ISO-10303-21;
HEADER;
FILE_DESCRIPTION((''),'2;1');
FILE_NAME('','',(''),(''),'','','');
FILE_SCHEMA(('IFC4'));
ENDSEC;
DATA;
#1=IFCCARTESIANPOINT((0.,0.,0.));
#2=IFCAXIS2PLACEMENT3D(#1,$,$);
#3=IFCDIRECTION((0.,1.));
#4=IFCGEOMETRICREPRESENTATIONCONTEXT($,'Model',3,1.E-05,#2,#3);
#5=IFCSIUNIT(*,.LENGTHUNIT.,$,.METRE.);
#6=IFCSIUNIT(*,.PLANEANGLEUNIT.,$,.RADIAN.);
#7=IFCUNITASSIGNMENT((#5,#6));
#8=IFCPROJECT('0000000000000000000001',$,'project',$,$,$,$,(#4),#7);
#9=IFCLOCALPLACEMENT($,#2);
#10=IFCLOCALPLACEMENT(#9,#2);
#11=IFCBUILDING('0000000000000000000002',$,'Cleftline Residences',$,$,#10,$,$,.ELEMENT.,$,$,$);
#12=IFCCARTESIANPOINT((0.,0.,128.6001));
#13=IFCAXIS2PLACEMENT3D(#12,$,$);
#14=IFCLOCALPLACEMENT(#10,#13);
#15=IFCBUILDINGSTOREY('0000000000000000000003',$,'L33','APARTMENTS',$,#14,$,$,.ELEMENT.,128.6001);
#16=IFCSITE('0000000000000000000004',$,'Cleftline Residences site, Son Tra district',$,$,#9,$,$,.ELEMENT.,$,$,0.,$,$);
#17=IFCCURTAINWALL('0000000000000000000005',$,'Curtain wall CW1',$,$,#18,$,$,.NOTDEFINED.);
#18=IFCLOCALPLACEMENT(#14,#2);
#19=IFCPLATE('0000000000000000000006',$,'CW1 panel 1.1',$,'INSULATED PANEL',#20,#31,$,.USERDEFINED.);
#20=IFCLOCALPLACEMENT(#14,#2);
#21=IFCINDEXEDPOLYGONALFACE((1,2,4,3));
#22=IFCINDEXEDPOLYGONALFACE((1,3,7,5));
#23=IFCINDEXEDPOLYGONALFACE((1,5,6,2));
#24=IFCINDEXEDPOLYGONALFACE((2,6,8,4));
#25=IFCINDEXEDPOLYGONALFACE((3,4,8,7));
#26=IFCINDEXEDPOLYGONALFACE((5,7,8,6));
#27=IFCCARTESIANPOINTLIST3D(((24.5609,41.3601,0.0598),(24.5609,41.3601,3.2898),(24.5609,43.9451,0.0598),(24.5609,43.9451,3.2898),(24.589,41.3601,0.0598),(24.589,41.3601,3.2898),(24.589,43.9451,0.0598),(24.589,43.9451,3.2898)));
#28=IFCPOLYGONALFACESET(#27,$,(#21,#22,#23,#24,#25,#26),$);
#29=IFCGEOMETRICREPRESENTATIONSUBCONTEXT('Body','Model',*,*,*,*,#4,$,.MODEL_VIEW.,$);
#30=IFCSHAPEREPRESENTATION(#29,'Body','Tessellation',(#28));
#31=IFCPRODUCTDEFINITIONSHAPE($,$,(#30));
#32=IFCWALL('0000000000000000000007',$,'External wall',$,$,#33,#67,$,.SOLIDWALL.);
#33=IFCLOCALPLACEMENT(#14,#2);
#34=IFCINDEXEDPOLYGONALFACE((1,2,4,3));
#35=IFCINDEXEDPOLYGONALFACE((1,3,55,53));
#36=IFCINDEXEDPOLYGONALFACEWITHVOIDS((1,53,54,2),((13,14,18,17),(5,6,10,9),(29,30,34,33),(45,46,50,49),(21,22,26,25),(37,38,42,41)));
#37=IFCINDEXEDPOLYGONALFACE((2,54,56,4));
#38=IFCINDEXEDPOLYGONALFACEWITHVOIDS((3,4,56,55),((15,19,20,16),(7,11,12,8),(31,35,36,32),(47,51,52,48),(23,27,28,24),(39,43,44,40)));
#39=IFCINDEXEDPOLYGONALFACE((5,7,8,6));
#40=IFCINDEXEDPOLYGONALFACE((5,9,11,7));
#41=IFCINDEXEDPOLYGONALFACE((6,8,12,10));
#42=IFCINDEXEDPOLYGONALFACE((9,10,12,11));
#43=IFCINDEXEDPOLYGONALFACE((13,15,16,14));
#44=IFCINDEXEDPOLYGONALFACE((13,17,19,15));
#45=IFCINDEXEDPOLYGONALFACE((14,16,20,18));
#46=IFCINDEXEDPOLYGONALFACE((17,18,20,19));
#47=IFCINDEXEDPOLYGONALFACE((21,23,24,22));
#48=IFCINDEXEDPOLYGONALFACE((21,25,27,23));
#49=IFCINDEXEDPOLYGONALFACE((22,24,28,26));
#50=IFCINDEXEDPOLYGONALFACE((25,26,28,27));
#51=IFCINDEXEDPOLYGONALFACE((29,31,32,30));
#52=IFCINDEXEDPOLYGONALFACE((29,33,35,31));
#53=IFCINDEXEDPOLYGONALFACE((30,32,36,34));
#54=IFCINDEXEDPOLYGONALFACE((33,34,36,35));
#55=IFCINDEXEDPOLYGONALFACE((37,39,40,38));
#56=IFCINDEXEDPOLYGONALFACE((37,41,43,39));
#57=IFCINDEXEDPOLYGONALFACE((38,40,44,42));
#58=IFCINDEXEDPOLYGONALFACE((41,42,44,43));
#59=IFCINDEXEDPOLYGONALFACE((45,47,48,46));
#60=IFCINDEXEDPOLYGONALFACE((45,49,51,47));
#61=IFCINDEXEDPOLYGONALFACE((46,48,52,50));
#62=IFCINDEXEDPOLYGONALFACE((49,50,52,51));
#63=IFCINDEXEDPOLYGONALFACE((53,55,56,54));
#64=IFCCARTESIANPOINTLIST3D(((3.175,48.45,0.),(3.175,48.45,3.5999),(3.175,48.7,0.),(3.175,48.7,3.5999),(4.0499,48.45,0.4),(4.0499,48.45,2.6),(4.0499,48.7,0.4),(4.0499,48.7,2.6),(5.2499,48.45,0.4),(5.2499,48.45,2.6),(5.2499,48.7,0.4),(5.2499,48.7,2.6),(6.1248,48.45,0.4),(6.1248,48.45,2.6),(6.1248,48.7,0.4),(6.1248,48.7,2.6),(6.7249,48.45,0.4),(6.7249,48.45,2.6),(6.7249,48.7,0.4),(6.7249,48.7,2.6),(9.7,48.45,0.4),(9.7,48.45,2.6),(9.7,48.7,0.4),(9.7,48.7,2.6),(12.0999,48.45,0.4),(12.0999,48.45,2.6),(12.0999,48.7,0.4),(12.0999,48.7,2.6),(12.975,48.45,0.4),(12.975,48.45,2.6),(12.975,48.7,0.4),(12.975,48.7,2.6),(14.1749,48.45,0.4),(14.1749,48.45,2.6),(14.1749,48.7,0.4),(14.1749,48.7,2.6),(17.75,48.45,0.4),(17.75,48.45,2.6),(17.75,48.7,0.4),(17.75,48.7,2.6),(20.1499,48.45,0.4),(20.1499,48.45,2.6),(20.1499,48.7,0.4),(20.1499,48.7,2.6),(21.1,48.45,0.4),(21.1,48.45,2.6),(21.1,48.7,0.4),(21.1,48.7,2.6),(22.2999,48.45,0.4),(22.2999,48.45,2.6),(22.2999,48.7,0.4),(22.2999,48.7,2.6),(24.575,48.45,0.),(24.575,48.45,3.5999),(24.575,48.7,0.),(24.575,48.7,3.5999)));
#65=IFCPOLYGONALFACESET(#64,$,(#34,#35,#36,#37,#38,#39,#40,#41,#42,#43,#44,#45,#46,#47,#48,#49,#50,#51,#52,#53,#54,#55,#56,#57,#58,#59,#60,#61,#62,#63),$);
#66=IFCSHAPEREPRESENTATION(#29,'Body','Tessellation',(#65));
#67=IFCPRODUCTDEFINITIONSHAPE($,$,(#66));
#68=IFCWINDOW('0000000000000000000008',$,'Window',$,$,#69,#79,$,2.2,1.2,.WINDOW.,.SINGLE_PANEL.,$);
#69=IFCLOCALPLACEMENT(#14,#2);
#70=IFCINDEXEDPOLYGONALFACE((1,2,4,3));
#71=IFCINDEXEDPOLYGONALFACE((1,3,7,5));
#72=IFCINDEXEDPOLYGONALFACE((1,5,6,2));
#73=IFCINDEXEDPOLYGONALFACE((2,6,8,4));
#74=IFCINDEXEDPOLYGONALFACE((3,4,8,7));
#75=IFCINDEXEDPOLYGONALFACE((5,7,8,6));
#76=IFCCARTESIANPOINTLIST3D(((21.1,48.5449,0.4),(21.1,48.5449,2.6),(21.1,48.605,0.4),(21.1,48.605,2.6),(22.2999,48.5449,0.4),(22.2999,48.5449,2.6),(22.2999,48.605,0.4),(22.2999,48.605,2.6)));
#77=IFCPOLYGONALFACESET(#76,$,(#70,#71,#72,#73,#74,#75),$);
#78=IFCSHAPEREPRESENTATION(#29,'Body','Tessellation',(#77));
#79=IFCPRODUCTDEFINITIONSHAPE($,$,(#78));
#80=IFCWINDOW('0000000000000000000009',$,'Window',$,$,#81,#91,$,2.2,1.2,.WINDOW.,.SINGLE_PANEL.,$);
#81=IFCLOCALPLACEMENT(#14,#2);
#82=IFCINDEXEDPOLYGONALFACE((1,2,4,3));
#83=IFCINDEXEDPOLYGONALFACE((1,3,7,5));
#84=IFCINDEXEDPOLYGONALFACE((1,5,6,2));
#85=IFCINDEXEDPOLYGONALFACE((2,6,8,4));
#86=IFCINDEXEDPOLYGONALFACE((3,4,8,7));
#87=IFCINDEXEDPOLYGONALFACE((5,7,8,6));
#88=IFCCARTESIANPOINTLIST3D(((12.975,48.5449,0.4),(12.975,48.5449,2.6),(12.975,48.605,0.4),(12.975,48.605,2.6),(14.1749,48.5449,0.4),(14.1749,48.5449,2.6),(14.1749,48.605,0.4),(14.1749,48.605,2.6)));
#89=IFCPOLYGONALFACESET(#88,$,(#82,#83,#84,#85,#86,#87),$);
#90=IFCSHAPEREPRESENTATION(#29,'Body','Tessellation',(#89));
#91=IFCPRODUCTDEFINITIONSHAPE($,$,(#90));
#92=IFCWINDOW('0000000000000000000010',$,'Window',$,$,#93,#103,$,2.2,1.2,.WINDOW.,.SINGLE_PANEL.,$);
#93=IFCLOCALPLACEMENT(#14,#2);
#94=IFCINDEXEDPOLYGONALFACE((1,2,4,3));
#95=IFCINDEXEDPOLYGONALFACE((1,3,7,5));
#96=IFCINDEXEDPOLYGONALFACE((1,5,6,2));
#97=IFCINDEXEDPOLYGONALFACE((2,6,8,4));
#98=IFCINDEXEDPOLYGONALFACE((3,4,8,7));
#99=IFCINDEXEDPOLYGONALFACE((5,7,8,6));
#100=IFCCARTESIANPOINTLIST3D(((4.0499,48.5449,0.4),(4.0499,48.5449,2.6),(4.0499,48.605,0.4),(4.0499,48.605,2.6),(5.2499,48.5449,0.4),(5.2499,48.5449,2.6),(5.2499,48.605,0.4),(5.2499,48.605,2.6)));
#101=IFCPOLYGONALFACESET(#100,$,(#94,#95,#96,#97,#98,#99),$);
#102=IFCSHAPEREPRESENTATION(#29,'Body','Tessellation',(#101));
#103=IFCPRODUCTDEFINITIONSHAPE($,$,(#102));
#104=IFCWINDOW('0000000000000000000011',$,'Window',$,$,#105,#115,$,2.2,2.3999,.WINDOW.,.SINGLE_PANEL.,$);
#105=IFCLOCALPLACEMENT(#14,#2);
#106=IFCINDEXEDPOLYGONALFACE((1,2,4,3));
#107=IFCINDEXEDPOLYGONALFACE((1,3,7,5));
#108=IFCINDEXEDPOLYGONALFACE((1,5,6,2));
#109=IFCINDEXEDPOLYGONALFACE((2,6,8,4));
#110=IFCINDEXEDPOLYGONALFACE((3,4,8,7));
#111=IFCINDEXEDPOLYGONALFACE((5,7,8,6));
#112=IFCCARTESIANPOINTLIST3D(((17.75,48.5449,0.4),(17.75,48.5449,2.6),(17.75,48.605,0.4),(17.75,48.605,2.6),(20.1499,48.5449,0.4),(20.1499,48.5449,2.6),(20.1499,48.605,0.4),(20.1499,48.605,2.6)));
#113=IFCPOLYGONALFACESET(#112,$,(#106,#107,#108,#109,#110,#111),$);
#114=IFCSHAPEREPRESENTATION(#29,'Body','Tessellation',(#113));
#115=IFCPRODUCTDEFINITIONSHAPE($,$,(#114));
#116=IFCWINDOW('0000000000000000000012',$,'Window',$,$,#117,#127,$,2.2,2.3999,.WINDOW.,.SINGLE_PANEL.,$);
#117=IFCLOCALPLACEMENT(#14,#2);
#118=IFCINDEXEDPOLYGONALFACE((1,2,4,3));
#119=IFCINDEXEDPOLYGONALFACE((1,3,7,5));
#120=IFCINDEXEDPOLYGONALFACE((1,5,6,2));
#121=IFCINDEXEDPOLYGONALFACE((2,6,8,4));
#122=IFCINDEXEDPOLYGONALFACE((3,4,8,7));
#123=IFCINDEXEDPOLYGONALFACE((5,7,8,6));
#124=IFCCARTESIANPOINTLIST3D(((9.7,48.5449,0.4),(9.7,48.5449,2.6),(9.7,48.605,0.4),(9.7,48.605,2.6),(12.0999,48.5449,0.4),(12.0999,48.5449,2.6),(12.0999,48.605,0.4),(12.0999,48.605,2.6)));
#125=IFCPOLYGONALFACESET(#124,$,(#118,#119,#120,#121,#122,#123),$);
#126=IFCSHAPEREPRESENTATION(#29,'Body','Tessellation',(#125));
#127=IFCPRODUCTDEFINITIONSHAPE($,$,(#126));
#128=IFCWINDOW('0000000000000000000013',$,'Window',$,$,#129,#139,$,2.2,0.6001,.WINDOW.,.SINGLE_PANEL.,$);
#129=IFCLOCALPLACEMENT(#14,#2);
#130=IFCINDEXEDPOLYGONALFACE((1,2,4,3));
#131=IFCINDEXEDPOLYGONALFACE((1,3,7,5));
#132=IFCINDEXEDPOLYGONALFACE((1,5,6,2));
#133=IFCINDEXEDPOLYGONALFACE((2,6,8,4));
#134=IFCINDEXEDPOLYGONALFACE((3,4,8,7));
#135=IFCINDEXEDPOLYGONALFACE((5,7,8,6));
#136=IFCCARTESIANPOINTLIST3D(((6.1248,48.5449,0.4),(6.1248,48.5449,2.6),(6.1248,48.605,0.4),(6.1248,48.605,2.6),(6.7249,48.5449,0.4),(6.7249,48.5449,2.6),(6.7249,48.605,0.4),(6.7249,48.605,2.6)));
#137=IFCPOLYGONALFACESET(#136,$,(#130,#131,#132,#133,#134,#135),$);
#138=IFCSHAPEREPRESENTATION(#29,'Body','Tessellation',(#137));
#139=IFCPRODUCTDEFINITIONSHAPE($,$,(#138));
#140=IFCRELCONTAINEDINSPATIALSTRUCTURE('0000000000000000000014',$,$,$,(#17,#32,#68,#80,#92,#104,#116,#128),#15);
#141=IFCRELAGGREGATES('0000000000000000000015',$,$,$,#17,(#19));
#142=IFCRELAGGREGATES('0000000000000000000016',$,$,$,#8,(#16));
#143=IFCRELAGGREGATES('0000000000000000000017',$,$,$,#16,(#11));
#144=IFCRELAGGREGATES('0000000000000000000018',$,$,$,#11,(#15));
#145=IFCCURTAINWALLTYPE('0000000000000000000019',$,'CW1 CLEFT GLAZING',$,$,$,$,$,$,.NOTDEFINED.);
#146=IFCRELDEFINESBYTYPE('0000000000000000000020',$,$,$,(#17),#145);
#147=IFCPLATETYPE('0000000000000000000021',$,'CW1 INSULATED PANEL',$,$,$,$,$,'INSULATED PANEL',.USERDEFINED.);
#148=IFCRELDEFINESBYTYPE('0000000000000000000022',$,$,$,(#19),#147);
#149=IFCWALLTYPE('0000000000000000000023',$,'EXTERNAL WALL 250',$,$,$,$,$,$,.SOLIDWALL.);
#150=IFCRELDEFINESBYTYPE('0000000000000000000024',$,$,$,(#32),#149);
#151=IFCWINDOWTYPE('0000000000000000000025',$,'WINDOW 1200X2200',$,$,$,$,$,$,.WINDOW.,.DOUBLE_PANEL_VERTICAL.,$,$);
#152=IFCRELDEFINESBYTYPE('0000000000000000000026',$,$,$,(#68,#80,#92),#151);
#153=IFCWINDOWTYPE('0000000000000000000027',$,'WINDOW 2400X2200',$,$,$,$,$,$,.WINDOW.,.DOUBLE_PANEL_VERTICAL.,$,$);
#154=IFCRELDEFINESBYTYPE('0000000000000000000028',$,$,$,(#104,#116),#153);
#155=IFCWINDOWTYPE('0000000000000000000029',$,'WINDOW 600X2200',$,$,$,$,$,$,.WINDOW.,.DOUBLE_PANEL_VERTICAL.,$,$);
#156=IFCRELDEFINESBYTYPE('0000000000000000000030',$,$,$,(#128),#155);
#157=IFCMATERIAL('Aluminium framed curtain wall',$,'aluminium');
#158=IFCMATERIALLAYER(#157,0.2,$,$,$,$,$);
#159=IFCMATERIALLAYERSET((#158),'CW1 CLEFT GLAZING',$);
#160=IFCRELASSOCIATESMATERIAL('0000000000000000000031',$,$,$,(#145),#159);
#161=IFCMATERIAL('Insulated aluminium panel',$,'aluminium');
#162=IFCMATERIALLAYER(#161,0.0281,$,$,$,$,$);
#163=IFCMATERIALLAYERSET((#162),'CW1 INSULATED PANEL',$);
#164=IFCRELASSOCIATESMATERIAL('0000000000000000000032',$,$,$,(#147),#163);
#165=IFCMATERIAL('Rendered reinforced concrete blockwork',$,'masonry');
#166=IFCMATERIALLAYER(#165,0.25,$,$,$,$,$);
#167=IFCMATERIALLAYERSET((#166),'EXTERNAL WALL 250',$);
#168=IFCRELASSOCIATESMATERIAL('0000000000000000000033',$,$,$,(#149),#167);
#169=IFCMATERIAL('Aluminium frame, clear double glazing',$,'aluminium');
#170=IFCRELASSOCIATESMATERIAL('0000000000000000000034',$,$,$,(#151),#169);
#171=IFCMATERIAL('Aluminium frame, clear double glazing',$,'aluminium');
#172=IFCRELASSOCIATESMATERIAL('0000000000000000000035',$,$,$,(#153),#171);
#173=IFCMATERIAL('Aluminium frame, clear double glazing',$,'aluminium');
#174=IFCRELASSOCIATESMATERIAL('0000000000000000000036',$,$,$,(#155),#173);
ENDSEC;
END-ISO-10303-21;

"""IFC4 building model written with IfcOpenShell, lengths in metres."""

from ifc_helpers import new_model, si_unit, direction, frame, frame_2d, origin, origin_2d, place, context, subcontext, project, spatial, rectangle, extrude, material, layer, layer_set, type_object, element, fill, aggregate, save


model = new_model("IFC4")

# Units and contexts
model_context = context("Model", 3, precision=1e-05, world=origin(), true_north=direction((0.0, 1.0)))
body_context = subcontext(model_context, "Body", "Model", "MODEL_VIEW")
ifc_project = project(units=[si_unit("LENGTHUNIT", "METRE"), si_unit("PLANEANGLEUNIT", "RADIAN")], contexts=[model_context])

# Site, building, storey
site_placement = place(None, origin())
site = spatial("IfcSite", under=ifc_project, at=site_placement, Name="Cleftline Residences site, Son Tra district", CompositionType="ELEMENT", RefElevation=0.0)
building_placement = place(site_placement, origin())
building = spatial("IfcBuilding", under=site, at=building_placement, Name="Cleftline Residences", CompositionType="ELEMENT")
storey_placement = place(building_placement, frame((0.0, 0.0, 128.6001)))
storey = spatial("IfcBuildingStorey", under=building, at=storey_placement, Name="L33", Description="APARTMENTS", CompositionType="ELEMENT", Elevation=128.6001)

# Curtain wall, plate
ifc_material_1 = material(Name="Aluminium framed curtain wall", Category="aluminium")
ifc_layer_1 = layer(ifc_material_1, 0.2)
ifc_layer_set_1 = layer_set([ifc_layer_1], Name="CW1 CLEFT GLAZING")
curtain_wall_type = type_object("IfcCurtainWallType", Name="CW1 CLEFT GLAZING", PredefinedType="NOTDEFINED", material=ifc_layer_set_1)
curtain_wall_placement = place(storey_placement, origin())
curtain_wall = element("IfcCurtainWall", 1, at=curtain_wall_placement, inside=storey, type_object=curtain_wall_type, Name="Curtain wall CW1", PredefinedType="NOTDEFINED")
ifc_material_2 = material(Name="Insulated aluminium panel", Category="aluminium")
ifc_layer_2 = layer(ifc_material_2, 0.0281)
ifc_layer_set_2 = layer_set([ifc_layer_2], Name="CW1 INSULATED PANEL")
plate_type_1 = type_object("IfcPlateType", Name="CW1 INSULATED PANEL", ElementType="INSULATED PANEL", PredefinedType="USERDEFINED", material=ifc_layer_set_2)
plate_1_placement = place(storey_placement, frame((24.575, 42.6526, 0.0598), z_axis=(0.0, 0.0, 1.0), x_axis=(0.0, 1.0, 0.0)))
plate_1 = element("IfcPlate", 2, at=plate_1_placement, type_object=plate_type_1, Name="CW1 panel 1.1", ObjectType="INSULATED PANEL", PredefinedType="USERDEFINED", context=body_context, shape_type="SweptSolid", body=[
    extrude(rectangle(XDim=2.585, YDim=0.0281, at=origin_2d()), origin(), (0.0, 0.0, 1.0), 3.23),
])
aggregate(curtain_wall, [plate_1])

# Wall, openings, windows
ifc_material_3 = material(Name="Rendered reinforced concrete blockwork", Category="masonry")
ifc_layer_3 = layer(ifc_material_3, 0.25)
ifc_layer_set_3 = layer_set([ifc_layer_3], Name="EXTERNAL WALL 250")
wall_type = type_object("IfcWallType", Name="EXTERNAL WALL 250", PredefinedType="SOLIDWALL", material=ifc_layer_set_3)
wall_placement = place(storey_placement, frame((24.575, 48.575, 0.0), z_axis=(0.0, 0.0, 1.0), x_axis=(-1.0, 0.0, 0.0)))
wall = element("IfcWall", 3, at=wall_placement, inside=storey, type_object=wall_type, Name="External wall", PredefinedType="SOLIDWALL", context=body_context, shape_type="SweptSolid", body=[
    extrude(rectangle(XDim=21.3999, YDim=0.25, at=frame_2d((10.7, 0.0))), origin(), (0.0, 0.0, 1.0), 3.5999),
])
opening_1_placement = place(wall_placement, frame((2.2749, 0.0, 0.3999)))
opening_1 = element("IfcOpeningElement", 4, at=opening_1_placement, cuts=wall, PredefinedType="OPENING", context=body_context, shape_type="SweptSolid", body=[
    extrude(rectangle(XDim=1.2, YDim=2.2, at=frame_2d((0.6001, 1.1001))), frame((0.0, 0.135, 0.0), z_axis=(0.0, -1.0, 0.0), x_axis=(1.0, 0.0, 0.0)), (0.0, 0.0, 1.0), 0.27),
])
opening_2_placement = place(wall_placement, frame((4.425, 0.0, 0.3999)))
opening_2 = element("IfcOpeningElement", 5, at=opening_2_placement, cuts=wall, PredefinedType="OPENING", context=body_context, shape_type="SweptSolid", body=[
    extrude(rectangle(XDim=2.3999, YDim=2.2, at=frame_2d((1.2, 1.1001))), frame((0.0, 0.135, 0.0), z_axis=(0.0, -1.0, 0.0), x_axis=(1.0, 0.0, 0.0)), (0.0, 0.0, 1.0), 0.27),
])
opening_3_placement = place(wall_placement, frame((10.3999, 0.0, 0.3999)))
opening_3 = element("IfcOpeningElement", 6, at=opening_3_placement, cuts=wall, PredefinedType="OPENING", context=body_context, shape_type="SweptSolid", body=[
    extrude(rectangle(XDim=1.2, YDim=2.2, at=frame_2d((0.6001, 1.1001))), frame((0.0, 0.135, 0.0), z_axis=(0.0, -1.0, 0.0), x_axis=(1.0, 0.0, 0.0)), (0.0, 0.0, 1.0), 0.27),
])
opening_4_placement = place(wall_placement, frame((12.4751, 0.0, 0.3999)))
opening_4 = element("IfcOpeningElement", 7, at=opening_4_placement, cuts=wall, PredefinedType="OPENING", context=body_context, shape_type="SweptSolid", body=[
    extrude(rectangle(XDim=2.3999, YDim=2.2, at=frame_2d((1.2, 1.1001))), frame((0.0, 0.135, 0.0), z_axis=(0.0, -1.0, 0.0), x_axis=(1.0, 0.0, 0.0)), (0.0, 0.0, 1.0), 0.27),
])
opening_5_placement = place(wall_placement, frame((17.8501, 0.0, 0.3999)))
opening_5 = element("IfcOpeningElement", 8, at=opening_5_placement, cuts=wall, PredefinedType="OPENING", context=body_context, shape_type="SweptSolid", body=[
    extrude(rectangle(XDim=0.6001, YDim=2.2, at=frame_2d((0.3, 1.1001))), frame((0.0, 0.135, 0.0), z_axis=(0.0, -1.0, 0.0), x_axis=(1.0, 0.0, 0.0)), (0.0, 0.0, 1.0), 0.27),
])
opening_6_placement = place(wall_placement, frame((19.325, 0.0, 0.3999)))
opening_6 = element("IfcOpeningElement", 9, at=opening_6_placement, cuts=wall, PredefinedType="OPENING", context=body_context, shape_type="SweptSolid", body=[
    extrude(rectangle(XDim=1.2, YDim=2.2, at=frame_2d((0.6001, 1.1001))), frame((0.0, 0.135, 0.0), z_axis=(0.0, -1.0, 0.0), x_axis=(1.0, 0.0, 0.0)), (0.0, 0.0, 1.0), 0.27),
])
ifc_material_4 = material(Name="Aluminium frame, clear double glazing", Category="aluminium")
window_type_1 = type_object("IfcWindowType", Name="WINDOW 1200X2200", PartitioningType="DOUBLE_PANEL_VERTICAL", PredefinedType="WINDOW", material=ifc_material_4)
window_1_placement = place(opening_1_placement, origin())
window_1 = element("IfcWindow", 10, at=window_1_placement, inside=storey, type_object=window_type_1, Name="Window", OverallHeight=2.2, OverallWidth=1.2, PartitioningType="SINGLE_PANEL", PredefinedType="WINDOW", context=body_context, shape_type="SweptSolid", body=[
    extrude(rectangle(XDim=1.2, YDim=2.2, at=frame_2d((0.6001, 1.1001))), frame((0.0, 0.03, 0.0), z_axis=(0.0, -1.0, 0.0), x_axis=(1.0, 0.0, 0.0)), (0.0, 0.0, 1.0), 0.0601),
])
fill(opening_1, window_1)
window_2_placement = place(opening_3_placement, origin())
window_2 = element("IfcWindow", 11, at=window_2_placement, inside=storey, type_object=window_type_1, Name="Window", OverallHeight=2.2, OverallWidth=1.2, PartitioningType="SINGLE_PANEL", PredefinedType="WINDOW", context=body_context, shape_type="SweptSolid", body=[
    extrude(rectangle(XDim=1.2, YDim=2.2, at=frame_2d((0.6001, 1.1001))), frame((0.0, 0.03, 0.0), z_axis=(0.0, -1.0, 0.0), x_axis=(1.0, 0.0, 0.0)), (0.0, 0.0, 1.0), 0.0601),
])
fill(opening_3, window_2)
window_3_placement = place(opening_6_placement, origin())
window_3 = element("IfcWindow", 12, at=window_3_placement, inside=storey, type_object=window_type_1, Name="Window", OverallHeight=2.2, OverallWidth=1.2, PartitioningType="SINGLE_PANEL", PredefinedType="WINDOW", context=body_context, shape_type="SweptSolid", body=[
    extrude(rectangle(XDim=1.2, YDim=2.2, at=frame_2d((0.6001, 1.1001))), frame((0.0, 0.03, 0.0), z_axis=(0.0, -1.0, 0.0), x_axis=(1.0, 0.0, 0.0)), (0.0, 0.0, 1.0), 0.0601),
])
fill(opening_6, window_3)
ifc_material_5 = material(Name="Aluminium frame, clear double glazing", Category="aluminium")
window_type_2 = type_object("IfcWindowType", Name="WINDOW 2400X2200", PartitioningType="DOUBLE_PANEL_VERTICAL", PredefinedType="WINDOW", material=ifc_material_5)
window_4_placement = place(opening_2_placement, origin())
window_4 = element("IfcWindow", 13, at=window_4_placement, inside=storey, type_object=window_type_2, Name="Window", OverallHeight=2.2, OverallWidth=2.3999, PartitioningType="SINGLE_PANEL", PredefinedType="WINDOW", context=body_context, shape_type="SweptSolid", body=[
    extrude(rectangle(XDim=2.3999, YDim=2.2, at=frame_2d((1.2, 1.1001))), frame((0.0, 0.03, 0.0), z_axis=(0.0, -1.0, 0.0), x_axis=(1.0, 0.0, 0.0)), (0.0, 0.0, 1.0), 0.0601),
])
fill(opening_2, window_4)
window_5_placement = place(opening_4_placement, origin())
window_5 = element("IfcWindow", 14, at=window_5_placement, inside=storey, type_object=window_type_2, Name="Window", OverallHeight=2.2, OverallWidth=2.3999, PartitioningType="SINGLE_PANEL", PredefinedType="WINDOW", context=body_context, shape_type="SweptSolid", body=[
    extrude(rectangle(XDim=2.3999, YDim=2.2, at=frame_2d((1.2, 1.1001))), frame((0.0, 0.03, 0.0), z_axis=(0.0, -1.0, 0.0), x_axis=(1.0, 0.0, 0.0)), (0.0, 0.0, 1.0), 0.0601),
])
fill(opening_4, window_5)
ifc_material_6 = material(Name="Aluminium frame, clear double glazing", Category="aluminium")
window_type_3 = type_object("IfcWindowType", Name="WINDOW 600X2200", PartitioningType="DOUBLE_PANEL_VERTICAL", PredefinedType="WINDOW", material=ifc_material_6)
window_6_placement = place(opening_5_placement, origin())
window_6 = element("IfcWindow", 15, at=window_6_placement, inside=storey, type_object=window_type_3, Name="Window", OverallHeight=2.2, OverallWidth=0.6001, PartitioningType="SINGLE_PANEL", PredefinedType="WINDOW", context=body_context, shape_type="SweptSolid", body=[
    extrude(rectangle(XDim=0.6001, YDim=2.2, at=frame_2d((0.3, 1.1001))), frame((0.0, 0.03, 0.0), z_axis=(0.0, -1.0, 0.0), x_axis=(1.0, 0.0, 0.0)), (0.0, 0.0, 1.0), 0.0601),
])
fill(opening_5, window_6)

save(model, "model.ifc")
